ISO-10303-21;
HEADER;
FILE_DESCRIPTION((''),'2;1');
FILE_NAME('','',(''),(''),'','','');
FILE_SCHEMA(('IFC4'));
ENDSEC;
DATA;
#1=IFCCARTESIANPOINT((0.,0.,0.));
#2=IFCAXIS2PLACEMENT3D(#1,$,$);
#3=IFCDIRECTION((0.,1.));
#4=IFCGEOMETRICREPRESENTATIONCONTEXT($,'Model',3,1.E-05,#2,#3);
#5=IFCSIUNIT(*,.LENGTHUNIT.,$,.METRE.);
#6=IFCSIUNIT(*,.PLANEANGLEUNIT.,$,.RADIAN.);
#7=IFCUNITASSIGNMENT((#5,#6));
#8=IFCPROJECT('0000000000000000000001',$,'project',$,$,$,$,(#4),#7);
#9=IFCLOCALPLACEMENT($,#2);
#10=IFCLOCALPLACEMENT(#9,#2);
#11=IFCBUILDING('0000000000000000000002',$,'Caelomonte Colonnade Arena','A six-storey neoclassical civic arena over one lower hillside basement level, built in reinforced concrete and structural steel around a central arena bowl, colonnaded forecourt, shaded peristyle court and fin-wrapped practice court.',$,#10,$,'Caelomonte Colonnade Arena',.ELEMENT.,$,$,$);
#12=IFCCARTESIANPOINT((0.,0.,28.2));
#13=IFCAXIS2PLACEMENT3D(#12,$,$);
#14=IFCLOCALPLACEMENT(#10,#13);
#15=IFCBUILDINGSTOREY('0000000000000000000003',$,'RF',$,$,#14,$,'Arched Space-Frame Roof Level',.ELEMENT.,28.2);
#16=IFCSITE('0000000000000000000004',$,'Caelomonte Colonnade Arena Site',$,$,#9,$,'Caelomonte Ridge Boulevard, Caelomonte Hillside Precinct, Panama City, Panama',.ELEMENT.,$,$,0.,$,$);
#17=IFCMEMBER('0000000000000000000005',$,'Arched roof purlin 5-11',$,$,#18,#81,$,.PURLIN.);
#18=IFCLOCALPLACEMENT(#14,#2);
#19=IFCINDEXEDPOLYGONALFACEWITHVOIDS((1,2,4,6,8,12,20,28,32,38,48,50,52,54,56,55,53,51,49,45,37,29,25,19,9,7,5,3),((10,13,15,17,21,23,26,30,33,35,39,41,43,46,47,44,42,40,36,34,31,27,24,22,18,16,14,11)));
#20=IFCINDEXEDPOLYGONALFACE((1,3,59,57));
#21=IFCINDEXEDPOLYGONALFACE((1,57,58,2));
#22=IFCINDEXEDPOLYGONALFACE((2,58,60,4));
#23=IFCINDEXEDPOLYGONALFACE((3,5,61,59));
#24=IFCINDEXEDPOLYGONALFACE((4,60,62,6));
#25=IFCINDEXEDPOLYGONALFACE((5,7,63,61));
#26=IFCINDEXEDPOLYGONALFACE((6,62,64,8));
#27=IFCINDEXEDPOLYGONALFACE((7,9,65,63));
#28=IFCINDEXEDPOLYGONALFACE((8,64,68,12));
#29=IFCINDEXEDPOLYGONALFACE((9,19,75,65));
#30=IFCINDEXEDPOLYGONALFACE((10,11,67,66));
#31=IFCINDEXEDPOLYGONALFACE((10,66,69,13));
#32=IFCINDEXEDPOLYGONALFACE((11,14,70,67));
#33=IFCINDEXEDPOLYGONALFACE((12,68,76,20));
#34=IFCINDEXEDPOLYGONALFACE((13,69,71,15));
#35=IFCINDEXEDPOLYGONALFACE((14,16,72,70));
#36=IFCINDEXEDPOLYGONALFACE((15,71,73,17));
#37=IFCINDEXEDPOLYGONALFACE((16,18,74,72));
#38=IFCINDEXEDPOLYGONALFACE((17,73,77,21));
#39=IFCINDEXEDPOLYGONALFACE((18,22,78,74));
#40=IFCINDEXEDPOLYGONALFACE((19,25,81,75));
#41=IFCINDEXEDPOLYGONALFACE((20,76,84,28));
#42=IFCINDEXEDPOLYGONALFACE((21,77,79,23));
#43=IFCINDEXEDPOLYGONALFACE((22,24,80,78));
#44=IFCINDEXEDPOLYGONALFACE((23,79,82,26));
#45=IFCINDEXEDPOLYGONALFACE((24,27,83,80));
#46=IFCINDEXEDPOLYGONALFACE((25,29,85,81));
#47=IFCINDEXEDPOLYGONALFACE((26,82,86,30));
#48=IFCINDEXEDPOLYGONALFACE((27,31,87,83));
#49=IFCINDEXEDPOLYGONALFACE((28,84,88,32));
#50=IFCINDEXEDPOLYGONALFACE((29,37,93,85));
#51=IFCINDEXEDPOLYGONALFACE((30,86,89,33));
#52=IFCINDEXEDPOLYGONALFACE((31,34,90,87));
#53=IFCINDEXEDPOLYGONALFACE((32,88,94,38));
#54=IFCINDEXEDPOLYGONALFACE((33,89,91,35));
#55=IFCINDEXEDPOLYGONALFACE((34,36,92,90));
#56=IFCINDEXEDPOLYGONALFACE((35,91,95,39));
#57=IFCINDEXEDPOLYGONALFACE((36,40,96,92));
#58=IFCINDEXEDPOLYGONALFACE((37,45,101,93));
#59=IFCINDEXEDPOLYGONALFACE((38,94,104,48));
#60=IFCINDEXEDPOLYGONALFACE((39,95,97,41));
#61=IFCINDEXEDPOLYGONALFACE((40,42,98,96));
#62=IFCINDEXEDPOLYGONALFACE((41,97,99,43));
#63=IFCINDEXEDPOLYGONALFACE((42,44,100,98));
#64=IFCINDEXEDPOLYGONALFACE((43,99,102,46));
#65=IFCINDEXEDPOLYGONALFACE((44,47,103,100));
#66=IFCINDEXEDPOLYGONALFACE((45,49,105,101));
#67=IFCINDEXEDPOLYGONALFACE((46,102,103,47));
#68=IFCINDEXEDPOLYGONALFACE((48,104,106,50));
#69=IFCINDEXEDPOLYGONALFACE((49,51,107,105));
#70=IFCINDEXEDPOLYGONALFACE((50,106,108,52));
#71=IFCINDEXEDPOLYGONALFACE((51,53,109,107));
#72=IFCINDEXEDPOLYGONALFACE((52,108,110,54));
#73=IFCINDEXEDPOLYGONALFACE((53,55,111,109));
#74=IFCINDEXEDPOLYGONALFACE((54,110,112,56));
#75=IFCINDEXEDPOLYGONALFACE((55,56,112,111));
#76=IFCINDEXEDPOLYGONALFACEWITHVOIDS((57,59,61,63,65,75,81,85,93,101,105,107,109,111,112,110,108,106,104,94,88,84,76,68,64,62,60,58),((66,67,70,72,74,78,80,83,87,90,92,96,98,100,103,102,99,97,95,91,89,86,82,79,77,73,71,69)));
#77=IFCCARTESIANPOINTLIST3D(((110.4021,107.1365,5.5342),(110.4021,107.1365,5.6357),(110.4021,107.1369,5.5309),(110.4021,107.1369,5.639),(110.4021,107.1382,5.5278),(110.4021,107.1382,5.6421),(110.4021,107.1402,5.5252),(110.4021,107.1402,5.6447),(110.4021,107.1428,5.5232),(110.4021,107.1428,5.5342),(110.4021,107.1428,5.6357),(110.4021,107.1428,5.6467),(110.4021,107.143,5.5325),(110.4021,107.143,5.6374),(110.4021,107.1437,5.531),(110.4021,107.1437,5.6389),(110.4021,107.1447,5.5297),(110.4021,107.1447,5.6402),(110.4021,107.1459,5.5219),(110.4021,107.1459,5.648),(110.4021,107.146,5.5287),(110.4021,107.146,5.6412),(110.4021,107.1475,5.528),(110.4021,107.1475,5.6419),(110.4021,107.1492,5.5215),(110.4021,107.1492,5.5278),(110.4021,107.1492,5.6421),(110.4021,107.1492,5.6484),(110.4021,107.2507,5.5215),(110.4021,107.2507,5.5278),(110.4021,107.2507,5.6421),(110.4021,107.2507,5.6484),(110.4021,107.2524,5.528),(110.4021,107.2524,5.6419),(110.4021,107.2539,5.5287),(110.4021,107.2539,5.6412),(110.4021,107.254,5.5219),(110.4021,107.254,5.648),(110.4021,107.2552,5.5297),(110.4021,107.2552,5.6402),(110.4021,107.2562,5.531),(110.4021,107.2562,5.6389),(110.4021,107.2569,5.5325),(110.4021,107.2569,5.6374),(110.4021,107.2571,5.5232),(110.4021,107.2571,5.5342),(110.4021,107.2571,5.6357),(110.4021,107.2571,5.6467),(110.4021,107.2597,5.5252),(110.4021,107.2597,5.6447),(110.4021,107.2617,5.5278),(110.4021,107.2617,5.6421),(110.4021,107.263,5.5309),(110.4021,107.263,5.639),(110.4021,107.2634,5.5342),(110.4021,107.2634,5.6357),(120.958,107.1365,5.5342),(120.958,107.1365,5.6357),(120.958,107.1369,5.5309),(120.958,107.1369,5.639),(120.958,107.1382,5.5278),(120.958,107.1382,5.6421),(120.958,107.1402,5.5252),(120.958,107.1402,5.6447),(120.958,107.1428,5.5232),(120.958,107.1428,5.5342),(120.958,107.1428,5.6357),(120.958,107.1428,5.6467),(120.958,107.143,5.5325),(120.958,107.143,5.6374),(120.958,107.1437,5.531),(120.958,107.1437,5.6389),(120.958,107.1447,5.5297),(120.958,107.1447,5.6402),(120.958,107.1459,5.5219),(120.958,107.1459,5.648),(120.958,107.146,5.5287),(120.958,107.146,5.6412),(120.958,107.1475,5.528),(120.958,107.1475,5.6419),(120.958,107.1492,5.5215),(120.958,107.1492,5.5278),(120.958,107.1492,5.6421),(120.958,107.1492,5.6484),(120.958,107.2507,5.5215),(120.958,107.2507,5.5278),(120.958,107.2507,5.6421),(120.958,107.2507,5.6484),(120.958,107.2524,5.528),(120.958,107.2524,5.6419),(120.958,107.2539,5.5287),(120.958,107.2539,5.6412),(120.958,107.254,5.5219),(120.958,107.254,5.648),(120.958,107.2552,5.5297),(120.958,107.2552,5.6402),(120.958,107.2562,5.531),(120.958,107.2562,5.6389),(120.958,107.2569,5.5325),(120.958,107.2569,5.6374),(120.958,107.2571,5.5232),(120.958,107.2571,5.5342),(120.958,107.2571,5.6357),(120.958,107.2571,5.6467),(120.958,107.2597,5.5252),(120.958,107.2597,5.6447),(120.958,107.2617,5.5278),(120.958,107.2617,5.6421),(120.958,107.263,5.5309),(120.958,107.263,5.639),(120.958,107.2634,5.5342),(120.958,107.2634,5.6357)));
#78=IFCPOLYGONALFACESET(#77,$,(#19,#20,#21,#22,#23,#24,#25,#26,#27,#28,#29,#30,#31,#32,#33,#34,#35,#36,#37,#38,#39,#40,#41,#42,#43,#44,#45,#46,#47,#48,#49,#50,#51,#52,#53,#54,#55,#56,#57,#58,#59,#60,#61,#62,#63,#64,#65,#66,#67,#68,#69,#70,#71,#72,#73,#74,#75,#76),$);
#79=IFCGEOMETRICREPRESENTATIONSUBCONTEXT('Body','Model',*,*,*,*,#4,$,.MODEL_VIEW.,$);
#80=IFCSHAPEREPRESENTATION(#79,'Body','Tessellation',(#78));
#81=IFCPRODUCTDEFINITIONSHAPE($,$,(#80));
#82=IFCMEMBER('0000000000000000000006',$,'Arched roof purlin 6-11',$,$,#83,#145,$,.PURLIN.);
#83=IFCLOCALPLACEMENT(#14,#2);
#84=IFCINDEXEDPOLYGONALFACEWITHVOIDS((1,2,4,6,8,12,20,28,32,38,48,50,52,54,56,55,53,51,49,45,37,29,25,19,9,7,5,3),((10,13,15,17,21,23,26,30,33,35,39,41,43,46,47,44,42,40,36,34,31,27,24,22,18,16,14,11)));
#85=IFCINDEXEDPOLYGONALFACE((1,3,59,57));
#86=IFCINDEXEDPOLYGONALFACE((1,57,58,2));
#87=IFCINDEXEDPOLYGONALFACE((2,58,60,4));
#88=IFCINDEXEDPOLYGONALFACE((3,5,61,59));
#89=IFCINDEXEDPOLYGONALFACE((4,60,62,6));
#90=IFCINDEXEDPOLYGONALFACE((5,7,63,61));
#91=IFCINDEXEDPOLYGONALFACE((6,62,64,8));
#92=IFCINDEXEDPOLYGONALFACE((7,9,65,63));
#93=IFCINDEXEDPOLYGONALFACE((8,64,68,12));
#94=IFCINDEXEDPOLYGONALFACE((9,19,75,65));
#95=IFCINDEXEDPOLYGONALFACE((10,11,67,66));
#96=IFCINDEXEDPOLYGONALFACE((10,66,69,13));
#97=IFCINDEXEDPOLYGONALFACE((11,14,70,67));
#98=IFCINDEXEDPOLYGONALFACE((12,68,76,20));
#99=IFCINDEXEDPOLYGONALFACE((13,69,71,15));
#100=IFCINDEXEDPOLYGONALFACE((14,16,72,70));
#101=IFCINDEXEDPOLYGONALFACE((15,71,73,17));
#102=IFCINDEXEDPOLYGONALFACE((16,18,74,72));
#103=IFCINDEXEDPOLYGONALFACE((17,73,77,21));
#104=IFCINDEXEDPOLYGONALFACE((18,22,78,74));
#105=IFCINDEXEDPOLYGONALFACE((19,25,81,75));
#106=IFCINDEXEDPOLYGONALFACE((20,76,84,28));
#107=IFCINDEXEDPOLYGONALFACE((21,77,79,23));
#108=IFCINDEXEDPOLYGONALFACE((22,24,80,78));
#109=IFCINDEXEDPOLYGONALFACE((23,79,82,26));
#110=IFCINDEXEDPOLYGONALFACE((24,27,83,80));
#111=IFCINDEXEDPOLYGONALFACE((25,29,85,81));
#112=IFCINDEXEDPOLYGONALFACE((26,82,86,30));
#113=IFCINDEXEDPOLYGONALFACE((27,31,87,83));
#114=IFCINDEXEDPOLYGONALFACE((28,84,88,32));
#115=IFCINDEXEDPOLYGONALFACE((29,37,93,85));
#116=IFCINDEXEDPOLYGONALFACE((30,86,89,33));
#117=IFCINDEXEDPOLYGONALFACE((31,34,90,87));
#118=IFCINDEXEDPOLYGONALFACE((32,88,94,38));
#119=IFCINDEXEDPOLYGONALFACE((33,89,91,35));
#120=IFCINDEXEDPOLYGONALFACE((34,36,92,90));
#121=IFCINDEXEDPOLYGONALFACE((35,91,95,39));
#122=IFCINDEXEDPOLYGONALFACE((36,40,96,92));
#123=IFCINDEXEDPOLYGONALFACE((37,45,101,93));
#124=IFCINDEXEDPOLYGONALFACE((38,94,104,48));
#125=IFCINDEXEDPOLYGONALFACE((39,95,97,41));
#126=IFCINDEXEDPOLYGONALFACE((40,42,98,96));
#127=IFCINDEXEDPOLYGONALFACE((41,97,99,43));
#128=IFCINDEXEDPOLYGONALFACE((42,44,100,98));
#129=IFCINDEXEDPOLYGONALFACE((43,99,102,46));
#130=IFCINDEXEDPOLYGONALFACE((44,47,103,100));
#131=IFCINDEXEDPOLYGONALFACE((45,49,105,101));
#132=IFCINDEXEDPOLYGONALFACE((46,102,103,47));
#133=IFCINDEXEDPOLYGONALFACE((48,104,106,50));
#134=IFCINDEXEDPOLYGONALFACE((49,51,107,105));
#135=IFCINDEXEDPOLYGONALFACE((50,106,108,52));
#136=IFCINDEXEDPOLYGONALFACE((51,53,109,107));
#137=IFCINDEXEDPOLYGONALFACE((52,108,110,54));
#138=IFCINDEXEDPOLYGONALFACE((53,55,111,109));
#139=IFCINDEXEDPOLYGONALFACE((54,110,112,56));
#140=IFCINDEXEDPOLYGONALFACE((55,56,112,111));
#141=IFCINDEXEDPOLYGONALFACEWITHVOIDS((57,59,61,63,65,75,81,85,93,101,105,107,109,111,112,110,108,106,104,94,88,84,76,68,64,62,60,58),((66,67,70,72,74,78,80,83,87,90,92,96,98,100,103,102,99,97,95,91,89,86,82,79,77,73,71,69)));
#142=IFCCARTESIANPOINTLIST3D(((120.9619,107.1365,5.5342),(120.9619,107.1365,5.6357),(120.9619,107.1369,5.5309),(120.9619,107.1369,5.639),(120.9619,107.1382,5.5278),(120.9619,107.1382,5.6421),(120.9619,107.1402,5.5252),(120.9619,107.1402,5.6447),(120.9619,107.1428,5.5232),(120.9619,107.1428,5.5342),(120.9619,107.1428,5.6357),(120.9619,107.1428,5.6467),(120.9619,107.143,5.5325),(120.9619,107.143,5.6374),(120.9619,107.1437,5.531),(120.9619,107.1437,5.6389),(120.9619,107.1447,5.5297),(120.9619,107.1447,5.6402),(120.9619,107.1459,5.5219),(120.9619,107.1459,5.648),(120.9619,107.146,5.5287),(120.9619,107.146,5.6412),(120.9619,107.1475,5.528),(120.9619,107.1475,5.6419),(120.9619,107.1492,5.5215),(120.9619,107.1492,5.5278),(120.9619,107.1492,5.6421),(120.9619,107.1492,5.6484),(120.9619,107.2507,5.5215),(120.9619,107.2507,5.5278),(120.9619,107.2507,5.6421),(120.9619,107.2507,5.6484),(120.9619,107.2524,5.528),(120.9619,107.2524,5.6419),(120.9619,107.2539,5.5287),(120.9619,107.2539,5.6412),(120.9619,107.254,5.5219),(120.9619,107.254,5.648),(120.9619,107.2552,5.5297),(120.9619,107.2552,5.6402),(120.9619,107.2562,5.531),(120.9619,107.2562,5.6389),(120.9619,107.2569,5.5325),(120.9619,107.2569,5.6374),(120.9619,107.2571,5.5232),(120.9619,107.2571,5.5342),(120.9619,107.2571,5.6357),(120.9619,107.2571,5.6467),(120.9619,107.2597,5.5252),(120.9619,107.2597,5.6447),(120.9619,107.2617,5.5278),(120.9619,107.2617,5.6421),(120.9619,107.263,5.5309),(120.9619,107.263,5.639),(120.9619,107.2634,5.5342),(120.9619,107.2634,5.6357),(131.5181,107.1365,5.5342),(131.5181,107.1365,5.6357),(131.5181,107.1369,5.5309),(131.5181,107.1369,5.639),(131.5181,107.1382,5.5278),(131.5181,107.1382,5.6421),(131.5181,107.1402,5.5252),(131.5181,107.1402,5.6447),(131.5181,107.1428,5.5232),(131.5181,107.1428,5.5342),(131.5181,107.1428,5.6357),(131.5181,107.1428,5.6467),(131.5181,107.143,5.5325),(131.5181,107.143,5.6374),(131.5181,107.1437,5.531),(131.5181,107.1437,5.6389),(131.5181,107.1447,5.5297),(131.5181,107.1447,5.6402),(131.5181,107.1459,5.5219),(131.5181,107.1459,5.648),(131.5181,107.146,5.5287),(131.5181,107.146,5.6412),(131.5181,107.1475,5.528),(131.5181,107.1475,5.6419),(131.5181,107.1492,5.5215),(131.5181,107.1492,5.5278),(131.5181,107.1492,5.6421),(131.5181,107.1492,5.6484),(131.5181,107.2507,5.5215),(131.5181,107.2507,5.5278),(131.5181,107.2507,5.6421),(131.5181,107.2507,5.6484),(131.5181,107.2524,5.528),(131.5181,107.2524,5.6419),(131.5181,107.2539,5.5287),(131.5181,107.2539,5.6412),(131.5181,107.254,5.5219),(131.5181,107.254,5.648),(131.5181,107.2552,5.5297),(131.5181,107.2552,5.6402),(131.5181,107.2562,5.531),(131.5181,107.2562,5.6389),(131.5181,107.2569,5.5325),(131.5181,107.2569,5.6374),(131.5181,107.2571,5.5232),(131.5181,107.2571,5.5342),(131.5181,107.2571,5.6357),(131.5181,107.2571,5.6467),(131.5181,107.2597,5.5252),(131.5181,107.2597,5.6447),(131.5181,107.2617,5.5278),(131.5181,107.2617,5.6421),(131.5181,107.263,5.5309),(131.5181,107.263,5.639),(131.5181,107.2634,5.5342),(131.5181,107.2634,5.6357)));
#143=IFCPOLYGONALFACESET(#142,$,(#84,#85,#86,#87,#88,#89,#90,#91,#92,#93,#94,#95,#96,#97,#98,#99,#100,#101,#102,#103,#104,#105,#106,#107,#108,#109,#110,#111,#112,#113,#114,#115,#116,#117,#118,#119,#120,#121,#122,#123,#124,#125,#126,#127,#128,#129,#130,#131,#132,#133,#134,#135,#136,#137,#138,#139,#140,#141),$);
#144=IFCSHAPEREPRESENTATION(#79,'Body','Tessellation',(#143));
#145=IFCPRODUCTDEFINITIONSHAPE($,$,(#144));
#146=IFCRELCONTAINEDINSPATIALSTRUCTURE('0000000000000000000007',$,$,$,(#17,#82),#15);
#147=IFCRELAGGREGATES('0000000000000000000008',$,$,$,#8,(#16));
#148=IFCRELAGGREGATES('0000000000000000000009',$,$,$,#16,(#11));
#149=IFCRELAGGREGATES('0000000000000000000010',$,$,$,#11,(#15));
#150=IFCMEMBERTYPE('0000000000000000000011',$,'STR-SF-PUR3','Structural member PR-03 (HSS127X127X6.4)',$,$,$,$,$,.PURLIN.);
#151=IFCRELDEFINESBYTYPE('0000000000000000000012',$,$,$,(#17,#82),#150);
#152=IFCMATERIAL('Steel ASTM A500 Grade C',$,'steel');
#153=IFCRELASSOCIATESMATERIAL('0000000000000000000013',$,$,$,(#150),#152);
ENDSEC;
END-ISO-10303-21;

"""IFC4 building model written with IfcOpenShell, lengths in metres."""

from ifc_helpers import new_model, si_unit, direction, frame, origin, origin_2d, place, context, subcontext, project, spatial, hollow_rectangle, extrude, material, material_profile, profile_set, type_object, element, save


model = new_model("IFC4")

# Units and contexts
model_context = context("Model", 3, precision=1e-05, world=origin(), true_north=direction((0.0, 1.0)))
body_context = subcontext(model_context, "Body", "Model", "MODEL_VIEW")
ifc_project = project(units=[si_unit("LENGTHUNIT", "METRE"), si_unit("PLANEANGLEUNIT", "RADIAN")], contexts=[model_context])

# Site, building, storey
site_placement = place(None, origin())
site = spatial("IfcSite", under=ifc_project, at=site_placement, Name="Caelomonte Colonnade Arena Site", LongName="Caelomonte Ridge Boulevard, Caelomonte Hillside Precinct, Panama City, Panama", CompositionType="ELEMENT", RefElevation=0.0)
building_placement = place(site_placement, origin())
building = spatial("IfcBuilding", under=site, at=building_placement, Name="Caelomonte Colonnade Arena", Description="A six-storey neoclassical civic arena over one lower hillside basement level, built in reinforced concrete and structural steel around a central arena bowl, colonnaded forecourt, shaded peristyle court and fin-wrapped practice court.", LongName="Caelomonte Colonnade Arena", CompositionType="ELEMENT")
storey_placement = place(building_placement, frame((0.0, 0.0, 28.2)))
storey = spatial("IfcBuildingStorey", under=building, at=storey_placement, Name="RF", LongName="Arched Space-Frame Roof Level", CompositionType="ELEMENT", Elevation=28.2)

# Members
ifc_material_1 = material(Name="Steel ASTM A500 Grade C", Category="steel")
ifc_material_profile_1 = material_profile(ifc_material_1, hollow_rectangle(XDim=0.127, YDim=0.127, WallThickness=0.0063, InnerFilletRadius=0.0063, OuterFilletRadius=0.0127, at=origin_2d()), Name="HSS127X127X6.4")
ifc_profile_set_1 = profile_set([ifc_material_profile_1], Name="Steel ASTM A500 Grade C")
member_type_1 = type_object("IfcMemberType", Name="STR-SF-PUR3", Description="Structural member PR-03 (HSS127X127X6.4)", PredefinedType="PURLIN", material=ifc_profile_set_1)
member_1_placement = place(storey_placement, frame((110.4021, 107.2, 5.585), z_axis=(1.0, 0.0, 0.0), x_axis=(0.0, 1.0, 0.0)))
element("IfcMember", 1, at=member_1_placement, inside=storey, type_object=member_type_1, Name="Arched roof purlin 5-11", PredefinedType="PURLIN", context=body_context, shape_type="SweptSolid", body=[
    extrude(hollow_rectangle(XDim=0.127, YDim=0.127, WallThickness=0.0063, InnerFilletRadius=0.0063, OuterFilletRadius=0.0127, at=origin_2d()), origin(), (0.0, 0.0, 1.0), 10.5559),
])
member_2_placement = place(storey_placement, frame((120.9619, 107.2, 5.585), z_axis=(1.0, 0.0, 0.0), x_axis=(0.0, 1.0, 0.0)))
element("IfcMember", 2, at=member_2_placement, inside=storey, type_object=member_type_1, Name="Arched roof purlin 6-11", PredefinedType="PURLIN", context=body_context, shape_type="SweptSolid", body=[
    extrude(hollow_rectangle(XDim=0.127, YDim=0.127, WallThickness=0.0063, InnerFilletRadius=0.0063, OuterFilletRadius=0.0127, at=origin_2d()), origin(), (0.0, 0.0, 1.0), 10.5562),
])

save(model, "model.ifc")
